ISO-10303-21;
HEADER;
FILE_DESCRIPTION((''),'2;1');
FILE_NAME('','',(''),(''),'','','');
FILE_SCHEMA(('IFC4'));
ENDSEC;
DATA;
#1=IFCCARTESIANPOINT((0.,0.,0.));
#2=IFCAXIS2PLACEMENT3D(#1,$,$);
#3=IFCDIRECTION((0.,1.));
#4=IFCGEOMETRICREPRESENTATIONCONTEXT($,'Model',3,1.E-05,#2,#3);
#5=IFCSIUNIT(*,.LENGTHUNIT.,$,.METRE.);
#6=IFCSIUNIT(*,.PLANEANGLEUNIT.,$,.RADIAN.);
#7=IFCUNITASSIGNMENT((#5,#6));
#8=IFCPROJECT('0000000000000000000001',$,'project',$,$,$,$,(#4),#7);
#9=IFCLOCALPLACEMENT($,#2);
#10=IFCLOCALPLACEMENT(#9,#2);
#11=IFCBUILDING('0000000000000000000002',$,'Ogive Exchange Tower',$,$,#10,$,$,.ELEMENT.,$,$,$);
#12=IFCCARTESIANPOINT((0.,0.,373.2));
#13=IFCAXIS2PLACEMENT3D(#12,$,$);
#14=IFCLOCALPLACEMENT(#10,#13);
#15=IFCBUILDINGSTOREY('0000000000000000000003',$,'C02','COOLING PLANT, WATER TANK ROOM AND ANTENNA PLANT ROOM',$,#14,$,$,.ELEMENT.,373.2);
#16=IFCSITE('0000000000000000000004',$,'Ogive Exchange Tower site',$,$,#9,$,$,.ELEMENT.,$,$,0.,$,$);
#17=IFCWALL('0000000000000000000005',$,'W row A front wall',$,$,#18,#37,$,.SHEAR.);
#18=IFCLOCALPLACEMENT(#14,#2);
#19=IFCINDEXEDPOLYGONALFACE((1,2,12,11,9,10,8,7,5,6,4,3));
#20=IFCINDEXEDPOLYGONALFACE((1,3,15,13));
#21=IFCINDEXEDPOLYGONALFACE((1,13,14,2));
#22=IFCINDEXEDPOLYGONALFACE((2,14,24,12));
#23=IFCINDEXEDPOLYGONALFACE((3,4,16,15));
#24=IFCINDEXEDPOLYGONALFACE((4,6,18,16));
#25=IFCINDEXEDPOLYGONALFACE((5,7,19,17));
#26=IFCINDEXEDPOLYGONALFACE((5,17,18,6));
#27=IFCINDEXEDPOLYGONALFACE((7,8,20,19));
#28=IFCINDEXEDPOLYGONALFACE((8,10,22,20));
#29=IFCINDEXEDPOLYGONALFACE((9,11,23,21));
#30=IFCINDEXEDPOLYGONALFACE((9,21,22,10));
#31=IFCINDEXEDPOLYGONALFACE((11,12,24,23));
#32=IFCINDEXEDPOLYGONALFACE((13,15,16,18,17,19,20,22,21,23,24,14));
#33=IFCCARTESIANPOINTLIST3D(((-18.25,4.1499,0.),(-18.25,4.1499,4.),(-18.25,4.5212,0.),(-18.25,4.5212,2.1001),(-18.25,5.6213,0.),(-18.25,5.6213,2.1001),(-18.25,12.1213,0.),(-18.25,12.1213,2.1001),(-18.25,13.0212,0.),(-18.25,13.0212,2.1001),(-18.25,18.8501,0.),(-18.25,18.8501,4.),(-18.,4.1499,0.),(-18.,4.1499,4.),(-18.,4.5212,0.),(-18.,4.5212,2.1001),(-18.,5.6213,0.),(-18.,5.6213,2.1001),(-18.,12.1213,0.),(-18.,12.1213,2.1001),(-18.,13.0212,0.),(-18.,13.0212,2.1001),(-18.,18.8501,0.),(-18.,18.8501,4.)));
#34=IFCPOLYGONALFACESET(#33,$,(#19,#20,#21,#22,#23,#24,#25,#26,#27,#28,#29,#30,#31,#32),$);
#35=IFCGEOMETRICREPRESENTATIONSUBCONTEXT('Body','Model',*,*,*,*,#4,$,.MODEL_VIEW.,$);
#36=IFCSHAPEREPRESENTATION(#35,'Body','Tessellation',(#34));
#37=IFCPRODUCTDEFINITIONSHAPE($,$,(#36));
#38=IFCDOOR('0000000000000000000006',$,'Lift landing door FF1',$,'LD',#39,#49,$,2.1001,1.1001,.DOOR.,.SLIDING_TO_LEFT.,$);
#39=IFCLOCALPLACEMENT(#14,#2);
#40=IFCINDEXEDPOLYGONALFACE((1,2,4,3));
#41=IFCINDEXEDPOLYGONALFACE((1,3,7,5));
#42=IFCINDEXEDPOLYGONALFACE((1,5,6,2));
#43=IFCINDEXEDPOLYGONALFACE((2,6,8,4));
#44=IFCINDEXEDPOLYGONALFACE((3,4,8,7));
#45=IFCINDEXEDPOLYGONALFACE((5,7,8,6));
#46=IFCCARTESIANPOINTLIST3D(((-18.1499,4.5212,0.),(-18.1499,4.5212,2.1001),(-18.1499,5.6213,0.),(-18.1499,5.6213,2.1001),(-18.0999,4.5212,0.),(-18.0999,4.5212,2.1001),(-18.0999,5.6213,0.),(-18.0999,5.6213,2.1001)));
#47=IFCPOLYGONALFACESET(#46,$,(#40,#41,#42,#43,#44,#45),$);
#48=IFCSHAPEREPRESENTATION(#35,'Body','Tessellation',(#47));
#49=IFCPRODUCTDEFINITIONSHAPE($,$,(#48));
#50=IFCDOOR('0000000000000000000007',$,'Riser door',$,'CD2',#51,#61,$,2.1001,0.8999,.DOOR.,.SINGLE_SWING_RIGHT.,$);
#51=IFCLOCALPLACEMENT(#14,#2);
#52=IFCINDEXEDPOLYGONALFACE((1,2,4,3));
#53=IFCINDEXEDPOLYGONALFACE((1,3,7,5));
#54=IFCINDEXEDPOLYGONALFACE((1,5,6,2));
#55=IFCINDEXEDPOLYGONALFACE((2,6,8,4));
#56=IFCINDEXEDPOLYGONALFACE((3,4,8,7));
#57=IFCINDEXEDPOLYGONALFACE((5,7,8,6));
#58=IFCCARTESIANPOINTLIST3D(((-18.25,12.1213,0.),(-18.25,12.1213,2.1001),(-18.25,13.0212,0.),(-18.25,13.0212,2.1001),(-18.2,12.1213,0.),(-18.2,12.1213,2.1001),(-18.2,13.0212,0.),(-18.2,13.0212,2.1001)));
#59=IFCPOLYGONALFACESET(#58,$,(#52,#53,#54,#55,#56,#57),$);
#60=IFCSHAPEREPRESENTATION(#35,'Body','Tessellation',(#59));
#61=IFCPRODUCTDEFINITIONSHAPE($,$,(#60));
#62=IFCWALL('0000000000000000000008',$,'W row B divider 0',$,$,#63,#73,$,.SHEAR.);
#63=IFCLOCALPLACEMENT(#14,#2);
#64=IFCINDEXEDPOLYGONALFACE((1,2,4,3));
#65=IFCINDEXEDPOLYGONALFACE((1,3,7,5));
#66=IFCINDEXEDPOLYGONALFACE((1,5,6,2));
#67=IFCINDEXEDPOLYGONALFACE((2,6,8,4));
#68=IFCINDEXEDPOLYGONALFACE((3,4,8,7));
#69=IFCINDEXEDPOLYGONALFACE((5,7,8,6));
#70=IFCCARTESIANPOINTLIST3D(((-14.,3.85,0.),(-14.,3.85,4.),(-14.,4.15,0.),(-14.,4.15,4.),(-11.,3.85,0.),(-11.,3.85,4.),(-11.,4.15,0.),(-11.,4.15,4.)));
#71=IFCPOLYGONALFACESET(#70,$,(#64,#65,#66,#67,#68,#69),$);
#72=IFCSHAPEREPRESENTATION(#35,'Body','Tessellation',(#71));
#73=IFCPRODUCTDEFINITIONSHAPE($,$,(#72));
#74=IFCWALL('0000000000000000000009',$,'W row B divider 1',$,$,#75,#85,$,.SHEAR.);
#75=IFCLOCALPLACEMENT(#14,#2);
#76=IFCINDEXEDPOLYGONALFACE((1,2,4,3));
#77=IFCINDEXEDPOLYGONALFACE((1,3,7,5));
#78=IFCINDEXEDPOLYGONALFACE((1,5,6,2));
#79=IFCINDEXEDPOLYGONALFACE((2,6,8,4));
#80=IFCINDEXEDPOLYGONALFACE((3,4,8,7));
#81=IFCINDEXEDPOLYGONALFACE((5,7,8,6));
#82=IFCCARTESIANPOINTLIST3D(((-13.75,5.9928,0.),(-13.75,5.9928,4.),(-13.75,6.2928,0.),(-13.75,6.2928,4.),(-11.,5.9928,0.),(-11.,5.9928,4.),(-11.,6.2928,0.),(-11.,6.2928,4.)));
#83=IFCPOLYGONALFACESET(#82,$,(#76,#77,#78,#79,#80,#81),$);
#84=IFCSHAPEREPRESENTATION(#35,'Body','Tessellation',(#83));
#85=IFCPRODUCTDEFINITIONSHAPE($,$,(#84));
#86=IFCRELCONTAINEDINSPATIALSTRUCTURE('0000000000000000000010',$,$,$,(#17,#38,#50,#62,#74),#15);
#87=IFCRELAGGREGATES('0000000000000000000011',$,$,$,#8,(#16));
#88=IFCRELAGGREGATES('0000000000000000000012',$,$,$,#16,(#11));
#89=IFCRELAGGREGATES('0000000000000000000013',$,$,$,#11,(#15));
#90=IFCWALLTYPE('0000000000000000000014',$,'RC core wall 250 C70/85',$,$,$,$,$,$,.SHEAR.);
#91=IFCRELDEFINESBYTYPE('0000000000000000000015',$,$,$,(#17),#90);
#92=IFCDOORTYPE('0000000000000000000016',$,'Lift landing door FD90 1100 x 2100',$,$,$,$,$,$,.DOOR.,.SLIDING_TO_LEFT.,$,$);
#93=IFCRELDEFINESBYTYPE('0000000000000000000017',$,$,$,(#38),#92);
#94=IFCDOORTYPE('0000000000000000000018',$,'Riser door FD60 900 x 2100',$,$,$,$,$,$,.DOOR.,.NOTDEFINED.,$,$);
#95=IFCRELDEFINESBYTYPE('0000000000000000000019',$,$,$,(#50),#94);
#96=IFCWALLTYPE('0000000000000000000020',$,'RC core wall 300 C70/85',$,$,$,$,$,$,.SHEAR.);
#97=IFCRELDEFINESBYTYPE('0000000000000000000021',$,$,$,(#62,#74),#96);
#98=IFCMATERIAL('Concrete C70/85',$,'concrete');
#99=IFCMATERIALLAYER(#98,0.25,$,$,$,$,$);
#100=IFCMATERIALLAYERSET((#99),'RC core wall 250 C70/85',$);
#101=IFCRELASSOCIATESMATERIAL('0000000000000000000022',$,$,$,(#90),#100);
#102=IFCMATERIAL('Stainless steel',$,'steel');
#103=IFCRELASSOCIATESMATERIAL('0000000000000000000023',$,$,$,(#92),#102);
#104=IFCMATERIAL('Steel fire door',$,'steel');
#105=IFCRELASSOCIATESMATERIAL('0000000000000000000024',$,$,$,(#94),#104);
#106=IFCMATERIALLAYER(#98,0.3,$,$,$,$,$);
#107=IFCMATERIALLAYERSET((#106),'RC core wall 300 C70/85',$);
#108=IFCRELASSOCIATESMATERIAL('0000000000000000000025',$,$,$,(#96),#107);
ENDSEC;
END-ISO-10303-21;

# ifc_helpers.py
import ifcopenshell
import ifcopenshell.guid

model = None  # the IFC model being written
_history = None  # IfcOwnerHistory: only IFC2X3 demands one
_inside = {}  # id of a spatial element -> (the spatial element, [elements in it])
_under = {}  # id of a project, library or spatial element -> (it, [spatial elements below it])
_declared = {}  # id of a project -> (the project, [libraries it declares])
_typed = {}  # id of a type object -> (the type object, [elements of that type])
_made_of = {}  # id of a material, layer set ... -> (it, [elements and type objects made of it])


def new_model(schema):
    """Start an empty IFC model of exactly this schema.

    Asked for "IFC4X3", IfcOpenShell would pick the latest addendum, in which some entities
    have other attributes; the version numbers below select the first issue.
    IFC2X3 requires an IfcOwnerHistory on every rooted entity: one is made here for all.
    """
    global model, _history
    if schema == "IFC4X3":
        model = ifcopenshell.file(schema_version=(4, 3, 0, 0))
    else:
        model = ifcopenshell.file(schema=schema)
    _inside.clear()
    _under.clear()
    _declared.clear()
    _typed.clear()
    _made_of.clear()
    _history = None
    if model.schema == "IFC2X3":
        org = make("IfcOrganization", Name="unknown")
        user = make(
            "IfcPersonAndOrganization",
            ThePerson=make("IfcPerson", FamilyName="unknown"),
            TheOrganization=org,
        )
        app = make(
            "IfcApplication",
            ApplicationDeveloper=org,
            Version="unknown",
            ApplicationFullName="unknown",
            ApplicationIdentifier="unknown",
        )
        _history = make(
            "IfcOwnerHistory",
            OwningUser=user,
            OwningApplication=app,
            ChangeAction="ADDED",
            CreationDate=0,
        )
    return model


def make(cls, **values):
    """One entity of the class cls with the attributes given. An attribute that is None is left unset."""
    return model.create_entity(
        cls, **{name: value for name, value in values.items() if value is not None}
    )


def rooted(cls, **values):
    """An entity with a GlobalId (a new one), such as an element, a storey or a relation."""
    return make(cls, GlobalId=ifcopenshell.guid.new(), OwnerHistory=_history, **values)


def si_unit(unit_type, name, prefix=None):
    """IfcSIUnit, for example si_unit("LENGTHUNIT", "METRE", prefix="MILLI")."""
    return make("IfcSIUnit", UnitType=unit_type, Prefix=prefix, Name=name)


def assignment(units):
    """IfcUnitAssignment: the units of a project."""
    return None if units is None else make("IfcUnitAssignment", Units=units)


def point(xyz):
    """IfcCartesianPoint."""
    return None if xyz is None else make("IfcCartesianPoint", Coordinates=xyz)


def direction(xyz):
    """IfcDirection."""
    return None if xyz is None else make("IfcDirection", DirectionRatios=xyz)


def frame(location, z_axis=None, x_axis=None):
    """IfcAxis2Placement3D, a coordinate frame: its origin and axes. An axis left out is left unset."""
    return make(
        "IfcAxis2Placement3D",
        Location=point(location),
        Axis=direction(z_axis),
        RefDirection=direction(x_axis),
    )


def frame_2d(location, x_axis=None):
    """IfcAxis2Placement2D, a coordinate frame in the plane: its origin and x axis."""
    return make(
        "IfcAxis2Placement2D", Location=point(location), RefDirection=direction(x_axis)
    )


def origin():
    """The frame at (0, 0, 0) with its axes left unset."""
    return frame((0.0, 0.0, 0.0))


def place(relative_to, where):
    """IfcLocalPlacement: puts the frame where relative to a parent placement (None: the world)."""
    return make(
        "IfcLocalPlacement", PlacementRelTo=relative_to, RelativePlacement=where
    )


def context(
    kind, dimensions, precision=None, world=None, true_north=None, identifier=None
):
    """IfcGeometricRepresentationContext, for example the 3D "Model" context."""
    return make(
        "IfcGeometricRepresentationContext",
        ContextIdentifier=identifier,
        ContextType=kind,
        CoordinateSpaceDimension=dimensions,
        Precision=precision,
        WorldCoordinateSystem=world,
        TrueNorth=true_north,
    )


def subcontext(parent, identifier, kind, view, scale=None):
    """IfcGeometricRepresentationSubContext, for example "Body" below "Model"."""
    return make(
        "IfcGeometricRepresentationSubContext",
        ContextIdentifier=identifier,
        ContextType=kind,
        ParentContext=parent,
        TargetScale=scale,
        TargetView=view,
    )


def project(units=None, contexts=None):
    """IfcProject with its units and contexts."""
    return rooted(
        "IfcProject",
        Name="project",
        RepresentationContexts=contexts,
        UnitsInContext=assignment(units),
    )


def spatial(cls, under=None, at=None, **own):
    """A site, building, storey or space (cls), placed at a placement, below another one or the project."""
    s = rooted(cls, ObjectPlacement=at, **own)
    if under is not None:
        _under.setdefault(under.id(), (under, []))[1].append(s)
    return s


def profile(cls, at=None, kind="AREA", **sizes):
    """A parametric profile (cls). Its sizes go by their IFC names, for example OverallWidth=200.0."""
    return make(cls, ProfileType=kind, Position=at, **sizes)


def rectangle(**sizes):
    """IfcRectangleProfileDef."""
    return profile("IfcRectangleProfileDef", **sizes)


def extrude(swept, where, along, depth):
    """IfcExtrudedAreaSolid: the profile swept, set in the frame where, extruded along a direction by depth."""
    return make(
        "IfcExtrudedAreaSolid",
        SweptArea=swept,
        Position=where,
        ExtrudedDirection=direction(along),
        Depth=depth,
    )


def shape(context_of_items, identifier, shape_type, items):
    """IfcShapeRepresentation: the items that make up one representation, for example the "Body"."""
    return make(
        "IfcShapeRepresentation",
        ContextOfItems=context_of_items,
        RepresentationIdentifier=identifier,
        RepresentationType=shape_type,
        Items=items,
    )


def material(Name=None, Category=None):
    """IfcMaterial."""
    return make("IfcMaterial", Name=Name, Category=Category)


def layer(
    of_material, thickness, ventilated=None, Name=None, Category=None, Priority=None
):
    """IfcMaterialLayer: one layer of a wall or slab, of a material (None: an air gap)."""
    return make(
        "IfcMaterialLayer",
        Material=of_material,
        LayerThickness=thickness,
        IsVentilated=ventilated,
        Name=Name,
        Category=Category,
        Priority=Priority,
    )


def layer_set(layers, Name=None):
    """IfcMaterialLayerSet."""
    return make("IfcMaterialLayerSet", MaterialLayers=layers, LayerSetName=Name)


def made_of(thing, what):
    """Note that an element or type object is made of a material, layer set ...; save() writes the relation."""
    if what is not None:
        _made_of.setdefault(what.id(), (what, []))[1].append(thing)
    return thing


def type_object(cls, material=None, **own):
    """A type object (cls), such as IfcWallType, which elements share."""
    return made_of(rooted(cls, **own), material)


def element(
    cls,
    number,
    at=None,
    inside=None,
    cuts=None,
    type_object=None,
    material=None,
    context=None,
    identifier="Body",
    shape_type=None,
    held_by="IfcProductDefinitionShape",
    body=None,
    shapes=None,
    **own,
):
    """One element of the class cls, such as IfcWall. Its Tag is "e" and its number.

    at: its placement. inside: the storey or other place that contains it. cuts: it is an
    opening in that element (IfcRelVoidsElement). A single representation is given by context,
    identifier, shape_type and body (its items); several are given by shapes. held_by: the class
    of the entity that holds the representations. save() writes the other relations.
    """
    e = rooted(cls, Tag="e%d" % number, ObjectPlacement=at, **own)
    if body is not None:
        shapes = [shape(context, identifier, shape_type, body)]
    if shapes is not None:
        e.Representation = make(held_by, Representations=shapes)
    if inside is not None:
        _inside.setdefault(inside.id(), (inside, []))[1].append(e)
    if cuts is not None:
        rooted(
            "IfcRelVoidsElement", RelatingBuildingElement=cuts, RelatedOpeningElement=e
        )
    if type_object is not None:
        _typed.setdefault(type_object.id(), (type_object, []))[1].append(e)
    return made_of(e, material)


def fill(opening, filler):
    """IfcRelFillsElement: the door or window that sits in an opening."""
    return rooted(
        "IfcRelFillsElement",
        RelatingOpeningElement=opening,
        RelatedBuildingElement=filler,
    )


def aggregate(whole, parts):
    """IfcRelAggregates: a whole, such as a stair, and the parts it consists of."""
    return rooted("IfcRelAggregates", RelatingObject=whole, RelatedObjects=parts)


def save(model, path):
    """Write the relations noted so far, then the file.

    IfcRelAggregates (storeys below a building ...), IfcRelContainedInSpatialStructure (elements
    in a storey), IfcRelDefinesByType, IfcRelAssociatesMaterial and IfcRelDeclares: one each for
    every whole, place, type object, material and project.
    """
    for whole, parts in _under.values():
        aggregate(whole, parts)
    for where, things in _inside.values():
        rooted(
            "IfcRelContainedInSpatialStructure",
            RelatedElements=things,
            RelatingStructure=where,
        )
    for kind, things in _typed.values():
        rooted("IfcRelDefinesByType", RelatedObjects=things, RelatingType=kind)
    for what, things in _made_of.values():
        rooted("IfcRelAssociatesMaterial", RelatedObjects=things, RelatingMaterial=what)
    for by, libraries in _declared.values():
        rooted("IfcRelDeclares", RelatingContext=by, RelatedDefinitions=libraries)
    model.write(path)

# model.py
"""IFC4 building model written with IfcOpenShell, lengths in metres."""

from ifc_helpers import new_model, si_unit, direction, frame, frame_2d, origin, place, context, subcontext, project, spatial, rectangle, extrude, material, layer, layer_set, type_object, element, fill, save


model = new_model("IFC4")

# Units and contexts
model_context = context("Model", 3, precision=1e-05, world=origin(), true_north=direction((0.0, 1.0)))
body_context = subcontext(model_context, "Body", "Model", "MODEL_VIEW")
ifc_project = project(units=[si_unit("LENGTHUNIT", "METRE"), si_unit("PLANEANGLEUNIT", "RADIAN")], contexts=[model_context])

# Site, building, storey
site_placement = place(None, origin())
site = spatial("IfcSite", under=ifc_project, at=site_placement, Name="Ogive Exchange Tower site", CompositionType="ELEMENT", RefElevation=0.0)
building_placement = place(site_placement, origin())
building = spatial("IfcBuilding", under=site, at=building_placement, Name="Ogive Exchange Tower", CompositionType="ELEMENT")
storey_placement = place(building_placement, frame((0.0, 0.0, 373.2)))
storey = spatial("IfcBuildingStorey", under=building, at=storey_placement, Name="C02", Description="COOLING PLANT, WATER TANK ROOM AND ANTENNA PLANT ROOM", CompositionType="ELEMENT", Elevation=373.2)

# Shared definitions
ifc_material_1 = material(Name="Concrete C70/85", Category="concrete")

# Shared definitions
ifc_material_2 = material(Name="Steel fire door", Category="steel")
ifc_layer_1 = layer(ifc_material_1, 0.25)
ifc_layer_set_1 = layer_set([ifc_layer_1], Name="RC core wall 250 C70/85")
wall_type_1 = type_object("IfcWallType", Name="RC core wall 250 C70/85", PredefinedType="SHEAR", material=ifc_layer_set_1)

# Wall, openings, doors
wall_1_placement = place(storey_placement, frame((-18.125, 4.1499, 0.0), z_axis=(0.0, 0.0, 1.0), x_axis=(0.0, 1.0, 0.0)))
wall_1 = element("IfcWall", 1, at=wall_1_placement, inside=storey, type_object=wall_type_1, Name="W row A front wall", PredefinedType="SHEAR", context=body_context, shape_type="SweptSolid", body=[
    extrude(rectangle(XDim=14.7002, YDim=0.25, at=frame_2d((7.3501, 0.0))), origin(), (0.0, 0.0, 1.0), 4.0),
])
opening_1_placement = place(wall_1_placement, frame((7.9714, 0.0, 0.0)))
opening_1 = element("IfcOpeningElement", 2, at=opening_1_placement, cuts=wall_1, PredefinedType="OPENING", context=body_context, shape_type="SweptSolid", body=[
    extrude(rectangle(XDim=0.8999, YDim=2.1001, at=frame_2d((0.45, 1.05))), frame((0.0, 0.135, 0.0), z_axis=(0.0, -1.0, 0.0), x_axis=(1.0, 0.0, 0.0)), (0.0, 0.0, 1.0), 0.27),
])
opening_2_placement = place(wall_1_placement, frame((0.3713, 0.0, 0.0)))
opening_2 = element("IfcOpeningElement", 3, at=opening_2_placement, cuts=wall_1, PredefinedType="OPENING", context=body_context, shape_type="SweptSolid", body=[
    extrude(rectangle(XDim=1.1001, YDim=2.1001, at=frame_2d((0.55, 1.05))), frame((0.0, 0.135, 0.0), z_axis=(0.0, -1.0, 0.0), x_axis=(1.0, 0.0, 0.0)), (0.0, 0.0, 1.0), 0.27),
])
ifc_material_3 = material(Name="Stainless steel", Category="steel")
door_type_1 = type_object("IfcDoorType", Name="Lift landing door FD90 1100 x 2100", OperationType="SLIDING_TO_LEFT", PredefinedType="DOOR", material=ifc_material_3)
door_1_placement = place(opening_2_placement, origin())
door_1 = element("IfcDoor", 4, at=door_1_placement, inside=storey, type_object=door_type_1, Name="Lift landing door FF1", ObjectType="LD", OperationType="SLIDING_TO_LEFT", OverallHeight=2.1001, OverallWidth=1.1001, PredefinedType="DOOR", context=body_context, shape_type="SweptSolid", body=[
    extrude(rectangle(XDim=1.1001, YDim=2.1001, at=frame_2d((0.55, 1.05))), frame((0.0, 0.0249, 0.0), z_axis=(0.0, -1.0, 0.0), x_axis=(1.0, 0.0, 0.0)), (0.0, 0.0, 1.0), 0.05),
])
fill(opening_2, door_1)
door_type_2 = type_object("IfcDoorType", Name="Riser door FD60 900 x 2100", OperationType="NOTDEFINED", PredefinedType="DOOR", material=ifc_material_2)
door_2_placement = place(opening_1_placement, origin())
door_2 = element("IfcDoor", 5, at=door_2_placement, inside=storey, type_object=door_type_2, Name="Riser door", ObjectType="CD2", OperationType="SINGLE_SWING_RIGHT", OverallHeight=2.1001, OverallWidth=0.8999, PredefinedType="DOOR", context=body_context, shape_type="SweptSolid", body=[
    extrude(rectangle(XDim=0.8999, YDim=2.1001, at=frame_2d((0.45, 1.05))), frame((0.0, 0.125, 0.0), z_axis=(0.0, -1.0, 0.0), x_axis=(1.0, 0.0, 0.0)), (0.0, 0.0, 1.0), 0.05),
])
fill(opening_1, door_2)

# Walls
ifc_layer_2 = layer(ifc_material_1, 0.3)
ifc_layer_set_2 = layer_set([ifc_layer_2], Name="RC core wall 300 C70/85")
wall_type_2 = type_object("IfcWallType", Name="RC core wall 300 C70/85", PredefinedType="SHEAR", material=ifc_layer_set_2)
wall_2_placement = place(storey_placement, frame((-14.0, 4.0, 0.0), z_axis=(0.0, 0.0, 1.0), x_axis=(1.0, 0.0, 0.0)))
element("IfcWall", 6, at=wall_2_placement, inside=storey, type_object=wall_type_2, Name="W row B divider 0", PredefinedType="SHEAR", context=body_context, shape_type="SweptSolid", body=[
    extrude(rectangle(XDim=3.0, YDim=0.3, at=frame_2d((1.5, 0.0))), origin(), (0.0, 0.0, 1.0), 4.0),
])
wall_3_placement = place(storey_placement, frame((-13.75, 6.1428, 0.0), z_axis=(0.0, 0.0, 1.0), x_axis=(1.0, 0.0, 0.0)))
element("IfcWall", 7, at=wall_3_placement, inside=storey, type_object=wall_type_2, Name="W row B divider 1", PredefinedType="SHEAR", context=body_context, shape_type="SweptSolid", body=[
    extrude(rectangle(XDim=2.75, YDim=0.3, at=frame_2d((1.375, 0.0))), origin(), (0.0, 0.0, 1.0), 4.0),
])

save(model, "model.ifc")
